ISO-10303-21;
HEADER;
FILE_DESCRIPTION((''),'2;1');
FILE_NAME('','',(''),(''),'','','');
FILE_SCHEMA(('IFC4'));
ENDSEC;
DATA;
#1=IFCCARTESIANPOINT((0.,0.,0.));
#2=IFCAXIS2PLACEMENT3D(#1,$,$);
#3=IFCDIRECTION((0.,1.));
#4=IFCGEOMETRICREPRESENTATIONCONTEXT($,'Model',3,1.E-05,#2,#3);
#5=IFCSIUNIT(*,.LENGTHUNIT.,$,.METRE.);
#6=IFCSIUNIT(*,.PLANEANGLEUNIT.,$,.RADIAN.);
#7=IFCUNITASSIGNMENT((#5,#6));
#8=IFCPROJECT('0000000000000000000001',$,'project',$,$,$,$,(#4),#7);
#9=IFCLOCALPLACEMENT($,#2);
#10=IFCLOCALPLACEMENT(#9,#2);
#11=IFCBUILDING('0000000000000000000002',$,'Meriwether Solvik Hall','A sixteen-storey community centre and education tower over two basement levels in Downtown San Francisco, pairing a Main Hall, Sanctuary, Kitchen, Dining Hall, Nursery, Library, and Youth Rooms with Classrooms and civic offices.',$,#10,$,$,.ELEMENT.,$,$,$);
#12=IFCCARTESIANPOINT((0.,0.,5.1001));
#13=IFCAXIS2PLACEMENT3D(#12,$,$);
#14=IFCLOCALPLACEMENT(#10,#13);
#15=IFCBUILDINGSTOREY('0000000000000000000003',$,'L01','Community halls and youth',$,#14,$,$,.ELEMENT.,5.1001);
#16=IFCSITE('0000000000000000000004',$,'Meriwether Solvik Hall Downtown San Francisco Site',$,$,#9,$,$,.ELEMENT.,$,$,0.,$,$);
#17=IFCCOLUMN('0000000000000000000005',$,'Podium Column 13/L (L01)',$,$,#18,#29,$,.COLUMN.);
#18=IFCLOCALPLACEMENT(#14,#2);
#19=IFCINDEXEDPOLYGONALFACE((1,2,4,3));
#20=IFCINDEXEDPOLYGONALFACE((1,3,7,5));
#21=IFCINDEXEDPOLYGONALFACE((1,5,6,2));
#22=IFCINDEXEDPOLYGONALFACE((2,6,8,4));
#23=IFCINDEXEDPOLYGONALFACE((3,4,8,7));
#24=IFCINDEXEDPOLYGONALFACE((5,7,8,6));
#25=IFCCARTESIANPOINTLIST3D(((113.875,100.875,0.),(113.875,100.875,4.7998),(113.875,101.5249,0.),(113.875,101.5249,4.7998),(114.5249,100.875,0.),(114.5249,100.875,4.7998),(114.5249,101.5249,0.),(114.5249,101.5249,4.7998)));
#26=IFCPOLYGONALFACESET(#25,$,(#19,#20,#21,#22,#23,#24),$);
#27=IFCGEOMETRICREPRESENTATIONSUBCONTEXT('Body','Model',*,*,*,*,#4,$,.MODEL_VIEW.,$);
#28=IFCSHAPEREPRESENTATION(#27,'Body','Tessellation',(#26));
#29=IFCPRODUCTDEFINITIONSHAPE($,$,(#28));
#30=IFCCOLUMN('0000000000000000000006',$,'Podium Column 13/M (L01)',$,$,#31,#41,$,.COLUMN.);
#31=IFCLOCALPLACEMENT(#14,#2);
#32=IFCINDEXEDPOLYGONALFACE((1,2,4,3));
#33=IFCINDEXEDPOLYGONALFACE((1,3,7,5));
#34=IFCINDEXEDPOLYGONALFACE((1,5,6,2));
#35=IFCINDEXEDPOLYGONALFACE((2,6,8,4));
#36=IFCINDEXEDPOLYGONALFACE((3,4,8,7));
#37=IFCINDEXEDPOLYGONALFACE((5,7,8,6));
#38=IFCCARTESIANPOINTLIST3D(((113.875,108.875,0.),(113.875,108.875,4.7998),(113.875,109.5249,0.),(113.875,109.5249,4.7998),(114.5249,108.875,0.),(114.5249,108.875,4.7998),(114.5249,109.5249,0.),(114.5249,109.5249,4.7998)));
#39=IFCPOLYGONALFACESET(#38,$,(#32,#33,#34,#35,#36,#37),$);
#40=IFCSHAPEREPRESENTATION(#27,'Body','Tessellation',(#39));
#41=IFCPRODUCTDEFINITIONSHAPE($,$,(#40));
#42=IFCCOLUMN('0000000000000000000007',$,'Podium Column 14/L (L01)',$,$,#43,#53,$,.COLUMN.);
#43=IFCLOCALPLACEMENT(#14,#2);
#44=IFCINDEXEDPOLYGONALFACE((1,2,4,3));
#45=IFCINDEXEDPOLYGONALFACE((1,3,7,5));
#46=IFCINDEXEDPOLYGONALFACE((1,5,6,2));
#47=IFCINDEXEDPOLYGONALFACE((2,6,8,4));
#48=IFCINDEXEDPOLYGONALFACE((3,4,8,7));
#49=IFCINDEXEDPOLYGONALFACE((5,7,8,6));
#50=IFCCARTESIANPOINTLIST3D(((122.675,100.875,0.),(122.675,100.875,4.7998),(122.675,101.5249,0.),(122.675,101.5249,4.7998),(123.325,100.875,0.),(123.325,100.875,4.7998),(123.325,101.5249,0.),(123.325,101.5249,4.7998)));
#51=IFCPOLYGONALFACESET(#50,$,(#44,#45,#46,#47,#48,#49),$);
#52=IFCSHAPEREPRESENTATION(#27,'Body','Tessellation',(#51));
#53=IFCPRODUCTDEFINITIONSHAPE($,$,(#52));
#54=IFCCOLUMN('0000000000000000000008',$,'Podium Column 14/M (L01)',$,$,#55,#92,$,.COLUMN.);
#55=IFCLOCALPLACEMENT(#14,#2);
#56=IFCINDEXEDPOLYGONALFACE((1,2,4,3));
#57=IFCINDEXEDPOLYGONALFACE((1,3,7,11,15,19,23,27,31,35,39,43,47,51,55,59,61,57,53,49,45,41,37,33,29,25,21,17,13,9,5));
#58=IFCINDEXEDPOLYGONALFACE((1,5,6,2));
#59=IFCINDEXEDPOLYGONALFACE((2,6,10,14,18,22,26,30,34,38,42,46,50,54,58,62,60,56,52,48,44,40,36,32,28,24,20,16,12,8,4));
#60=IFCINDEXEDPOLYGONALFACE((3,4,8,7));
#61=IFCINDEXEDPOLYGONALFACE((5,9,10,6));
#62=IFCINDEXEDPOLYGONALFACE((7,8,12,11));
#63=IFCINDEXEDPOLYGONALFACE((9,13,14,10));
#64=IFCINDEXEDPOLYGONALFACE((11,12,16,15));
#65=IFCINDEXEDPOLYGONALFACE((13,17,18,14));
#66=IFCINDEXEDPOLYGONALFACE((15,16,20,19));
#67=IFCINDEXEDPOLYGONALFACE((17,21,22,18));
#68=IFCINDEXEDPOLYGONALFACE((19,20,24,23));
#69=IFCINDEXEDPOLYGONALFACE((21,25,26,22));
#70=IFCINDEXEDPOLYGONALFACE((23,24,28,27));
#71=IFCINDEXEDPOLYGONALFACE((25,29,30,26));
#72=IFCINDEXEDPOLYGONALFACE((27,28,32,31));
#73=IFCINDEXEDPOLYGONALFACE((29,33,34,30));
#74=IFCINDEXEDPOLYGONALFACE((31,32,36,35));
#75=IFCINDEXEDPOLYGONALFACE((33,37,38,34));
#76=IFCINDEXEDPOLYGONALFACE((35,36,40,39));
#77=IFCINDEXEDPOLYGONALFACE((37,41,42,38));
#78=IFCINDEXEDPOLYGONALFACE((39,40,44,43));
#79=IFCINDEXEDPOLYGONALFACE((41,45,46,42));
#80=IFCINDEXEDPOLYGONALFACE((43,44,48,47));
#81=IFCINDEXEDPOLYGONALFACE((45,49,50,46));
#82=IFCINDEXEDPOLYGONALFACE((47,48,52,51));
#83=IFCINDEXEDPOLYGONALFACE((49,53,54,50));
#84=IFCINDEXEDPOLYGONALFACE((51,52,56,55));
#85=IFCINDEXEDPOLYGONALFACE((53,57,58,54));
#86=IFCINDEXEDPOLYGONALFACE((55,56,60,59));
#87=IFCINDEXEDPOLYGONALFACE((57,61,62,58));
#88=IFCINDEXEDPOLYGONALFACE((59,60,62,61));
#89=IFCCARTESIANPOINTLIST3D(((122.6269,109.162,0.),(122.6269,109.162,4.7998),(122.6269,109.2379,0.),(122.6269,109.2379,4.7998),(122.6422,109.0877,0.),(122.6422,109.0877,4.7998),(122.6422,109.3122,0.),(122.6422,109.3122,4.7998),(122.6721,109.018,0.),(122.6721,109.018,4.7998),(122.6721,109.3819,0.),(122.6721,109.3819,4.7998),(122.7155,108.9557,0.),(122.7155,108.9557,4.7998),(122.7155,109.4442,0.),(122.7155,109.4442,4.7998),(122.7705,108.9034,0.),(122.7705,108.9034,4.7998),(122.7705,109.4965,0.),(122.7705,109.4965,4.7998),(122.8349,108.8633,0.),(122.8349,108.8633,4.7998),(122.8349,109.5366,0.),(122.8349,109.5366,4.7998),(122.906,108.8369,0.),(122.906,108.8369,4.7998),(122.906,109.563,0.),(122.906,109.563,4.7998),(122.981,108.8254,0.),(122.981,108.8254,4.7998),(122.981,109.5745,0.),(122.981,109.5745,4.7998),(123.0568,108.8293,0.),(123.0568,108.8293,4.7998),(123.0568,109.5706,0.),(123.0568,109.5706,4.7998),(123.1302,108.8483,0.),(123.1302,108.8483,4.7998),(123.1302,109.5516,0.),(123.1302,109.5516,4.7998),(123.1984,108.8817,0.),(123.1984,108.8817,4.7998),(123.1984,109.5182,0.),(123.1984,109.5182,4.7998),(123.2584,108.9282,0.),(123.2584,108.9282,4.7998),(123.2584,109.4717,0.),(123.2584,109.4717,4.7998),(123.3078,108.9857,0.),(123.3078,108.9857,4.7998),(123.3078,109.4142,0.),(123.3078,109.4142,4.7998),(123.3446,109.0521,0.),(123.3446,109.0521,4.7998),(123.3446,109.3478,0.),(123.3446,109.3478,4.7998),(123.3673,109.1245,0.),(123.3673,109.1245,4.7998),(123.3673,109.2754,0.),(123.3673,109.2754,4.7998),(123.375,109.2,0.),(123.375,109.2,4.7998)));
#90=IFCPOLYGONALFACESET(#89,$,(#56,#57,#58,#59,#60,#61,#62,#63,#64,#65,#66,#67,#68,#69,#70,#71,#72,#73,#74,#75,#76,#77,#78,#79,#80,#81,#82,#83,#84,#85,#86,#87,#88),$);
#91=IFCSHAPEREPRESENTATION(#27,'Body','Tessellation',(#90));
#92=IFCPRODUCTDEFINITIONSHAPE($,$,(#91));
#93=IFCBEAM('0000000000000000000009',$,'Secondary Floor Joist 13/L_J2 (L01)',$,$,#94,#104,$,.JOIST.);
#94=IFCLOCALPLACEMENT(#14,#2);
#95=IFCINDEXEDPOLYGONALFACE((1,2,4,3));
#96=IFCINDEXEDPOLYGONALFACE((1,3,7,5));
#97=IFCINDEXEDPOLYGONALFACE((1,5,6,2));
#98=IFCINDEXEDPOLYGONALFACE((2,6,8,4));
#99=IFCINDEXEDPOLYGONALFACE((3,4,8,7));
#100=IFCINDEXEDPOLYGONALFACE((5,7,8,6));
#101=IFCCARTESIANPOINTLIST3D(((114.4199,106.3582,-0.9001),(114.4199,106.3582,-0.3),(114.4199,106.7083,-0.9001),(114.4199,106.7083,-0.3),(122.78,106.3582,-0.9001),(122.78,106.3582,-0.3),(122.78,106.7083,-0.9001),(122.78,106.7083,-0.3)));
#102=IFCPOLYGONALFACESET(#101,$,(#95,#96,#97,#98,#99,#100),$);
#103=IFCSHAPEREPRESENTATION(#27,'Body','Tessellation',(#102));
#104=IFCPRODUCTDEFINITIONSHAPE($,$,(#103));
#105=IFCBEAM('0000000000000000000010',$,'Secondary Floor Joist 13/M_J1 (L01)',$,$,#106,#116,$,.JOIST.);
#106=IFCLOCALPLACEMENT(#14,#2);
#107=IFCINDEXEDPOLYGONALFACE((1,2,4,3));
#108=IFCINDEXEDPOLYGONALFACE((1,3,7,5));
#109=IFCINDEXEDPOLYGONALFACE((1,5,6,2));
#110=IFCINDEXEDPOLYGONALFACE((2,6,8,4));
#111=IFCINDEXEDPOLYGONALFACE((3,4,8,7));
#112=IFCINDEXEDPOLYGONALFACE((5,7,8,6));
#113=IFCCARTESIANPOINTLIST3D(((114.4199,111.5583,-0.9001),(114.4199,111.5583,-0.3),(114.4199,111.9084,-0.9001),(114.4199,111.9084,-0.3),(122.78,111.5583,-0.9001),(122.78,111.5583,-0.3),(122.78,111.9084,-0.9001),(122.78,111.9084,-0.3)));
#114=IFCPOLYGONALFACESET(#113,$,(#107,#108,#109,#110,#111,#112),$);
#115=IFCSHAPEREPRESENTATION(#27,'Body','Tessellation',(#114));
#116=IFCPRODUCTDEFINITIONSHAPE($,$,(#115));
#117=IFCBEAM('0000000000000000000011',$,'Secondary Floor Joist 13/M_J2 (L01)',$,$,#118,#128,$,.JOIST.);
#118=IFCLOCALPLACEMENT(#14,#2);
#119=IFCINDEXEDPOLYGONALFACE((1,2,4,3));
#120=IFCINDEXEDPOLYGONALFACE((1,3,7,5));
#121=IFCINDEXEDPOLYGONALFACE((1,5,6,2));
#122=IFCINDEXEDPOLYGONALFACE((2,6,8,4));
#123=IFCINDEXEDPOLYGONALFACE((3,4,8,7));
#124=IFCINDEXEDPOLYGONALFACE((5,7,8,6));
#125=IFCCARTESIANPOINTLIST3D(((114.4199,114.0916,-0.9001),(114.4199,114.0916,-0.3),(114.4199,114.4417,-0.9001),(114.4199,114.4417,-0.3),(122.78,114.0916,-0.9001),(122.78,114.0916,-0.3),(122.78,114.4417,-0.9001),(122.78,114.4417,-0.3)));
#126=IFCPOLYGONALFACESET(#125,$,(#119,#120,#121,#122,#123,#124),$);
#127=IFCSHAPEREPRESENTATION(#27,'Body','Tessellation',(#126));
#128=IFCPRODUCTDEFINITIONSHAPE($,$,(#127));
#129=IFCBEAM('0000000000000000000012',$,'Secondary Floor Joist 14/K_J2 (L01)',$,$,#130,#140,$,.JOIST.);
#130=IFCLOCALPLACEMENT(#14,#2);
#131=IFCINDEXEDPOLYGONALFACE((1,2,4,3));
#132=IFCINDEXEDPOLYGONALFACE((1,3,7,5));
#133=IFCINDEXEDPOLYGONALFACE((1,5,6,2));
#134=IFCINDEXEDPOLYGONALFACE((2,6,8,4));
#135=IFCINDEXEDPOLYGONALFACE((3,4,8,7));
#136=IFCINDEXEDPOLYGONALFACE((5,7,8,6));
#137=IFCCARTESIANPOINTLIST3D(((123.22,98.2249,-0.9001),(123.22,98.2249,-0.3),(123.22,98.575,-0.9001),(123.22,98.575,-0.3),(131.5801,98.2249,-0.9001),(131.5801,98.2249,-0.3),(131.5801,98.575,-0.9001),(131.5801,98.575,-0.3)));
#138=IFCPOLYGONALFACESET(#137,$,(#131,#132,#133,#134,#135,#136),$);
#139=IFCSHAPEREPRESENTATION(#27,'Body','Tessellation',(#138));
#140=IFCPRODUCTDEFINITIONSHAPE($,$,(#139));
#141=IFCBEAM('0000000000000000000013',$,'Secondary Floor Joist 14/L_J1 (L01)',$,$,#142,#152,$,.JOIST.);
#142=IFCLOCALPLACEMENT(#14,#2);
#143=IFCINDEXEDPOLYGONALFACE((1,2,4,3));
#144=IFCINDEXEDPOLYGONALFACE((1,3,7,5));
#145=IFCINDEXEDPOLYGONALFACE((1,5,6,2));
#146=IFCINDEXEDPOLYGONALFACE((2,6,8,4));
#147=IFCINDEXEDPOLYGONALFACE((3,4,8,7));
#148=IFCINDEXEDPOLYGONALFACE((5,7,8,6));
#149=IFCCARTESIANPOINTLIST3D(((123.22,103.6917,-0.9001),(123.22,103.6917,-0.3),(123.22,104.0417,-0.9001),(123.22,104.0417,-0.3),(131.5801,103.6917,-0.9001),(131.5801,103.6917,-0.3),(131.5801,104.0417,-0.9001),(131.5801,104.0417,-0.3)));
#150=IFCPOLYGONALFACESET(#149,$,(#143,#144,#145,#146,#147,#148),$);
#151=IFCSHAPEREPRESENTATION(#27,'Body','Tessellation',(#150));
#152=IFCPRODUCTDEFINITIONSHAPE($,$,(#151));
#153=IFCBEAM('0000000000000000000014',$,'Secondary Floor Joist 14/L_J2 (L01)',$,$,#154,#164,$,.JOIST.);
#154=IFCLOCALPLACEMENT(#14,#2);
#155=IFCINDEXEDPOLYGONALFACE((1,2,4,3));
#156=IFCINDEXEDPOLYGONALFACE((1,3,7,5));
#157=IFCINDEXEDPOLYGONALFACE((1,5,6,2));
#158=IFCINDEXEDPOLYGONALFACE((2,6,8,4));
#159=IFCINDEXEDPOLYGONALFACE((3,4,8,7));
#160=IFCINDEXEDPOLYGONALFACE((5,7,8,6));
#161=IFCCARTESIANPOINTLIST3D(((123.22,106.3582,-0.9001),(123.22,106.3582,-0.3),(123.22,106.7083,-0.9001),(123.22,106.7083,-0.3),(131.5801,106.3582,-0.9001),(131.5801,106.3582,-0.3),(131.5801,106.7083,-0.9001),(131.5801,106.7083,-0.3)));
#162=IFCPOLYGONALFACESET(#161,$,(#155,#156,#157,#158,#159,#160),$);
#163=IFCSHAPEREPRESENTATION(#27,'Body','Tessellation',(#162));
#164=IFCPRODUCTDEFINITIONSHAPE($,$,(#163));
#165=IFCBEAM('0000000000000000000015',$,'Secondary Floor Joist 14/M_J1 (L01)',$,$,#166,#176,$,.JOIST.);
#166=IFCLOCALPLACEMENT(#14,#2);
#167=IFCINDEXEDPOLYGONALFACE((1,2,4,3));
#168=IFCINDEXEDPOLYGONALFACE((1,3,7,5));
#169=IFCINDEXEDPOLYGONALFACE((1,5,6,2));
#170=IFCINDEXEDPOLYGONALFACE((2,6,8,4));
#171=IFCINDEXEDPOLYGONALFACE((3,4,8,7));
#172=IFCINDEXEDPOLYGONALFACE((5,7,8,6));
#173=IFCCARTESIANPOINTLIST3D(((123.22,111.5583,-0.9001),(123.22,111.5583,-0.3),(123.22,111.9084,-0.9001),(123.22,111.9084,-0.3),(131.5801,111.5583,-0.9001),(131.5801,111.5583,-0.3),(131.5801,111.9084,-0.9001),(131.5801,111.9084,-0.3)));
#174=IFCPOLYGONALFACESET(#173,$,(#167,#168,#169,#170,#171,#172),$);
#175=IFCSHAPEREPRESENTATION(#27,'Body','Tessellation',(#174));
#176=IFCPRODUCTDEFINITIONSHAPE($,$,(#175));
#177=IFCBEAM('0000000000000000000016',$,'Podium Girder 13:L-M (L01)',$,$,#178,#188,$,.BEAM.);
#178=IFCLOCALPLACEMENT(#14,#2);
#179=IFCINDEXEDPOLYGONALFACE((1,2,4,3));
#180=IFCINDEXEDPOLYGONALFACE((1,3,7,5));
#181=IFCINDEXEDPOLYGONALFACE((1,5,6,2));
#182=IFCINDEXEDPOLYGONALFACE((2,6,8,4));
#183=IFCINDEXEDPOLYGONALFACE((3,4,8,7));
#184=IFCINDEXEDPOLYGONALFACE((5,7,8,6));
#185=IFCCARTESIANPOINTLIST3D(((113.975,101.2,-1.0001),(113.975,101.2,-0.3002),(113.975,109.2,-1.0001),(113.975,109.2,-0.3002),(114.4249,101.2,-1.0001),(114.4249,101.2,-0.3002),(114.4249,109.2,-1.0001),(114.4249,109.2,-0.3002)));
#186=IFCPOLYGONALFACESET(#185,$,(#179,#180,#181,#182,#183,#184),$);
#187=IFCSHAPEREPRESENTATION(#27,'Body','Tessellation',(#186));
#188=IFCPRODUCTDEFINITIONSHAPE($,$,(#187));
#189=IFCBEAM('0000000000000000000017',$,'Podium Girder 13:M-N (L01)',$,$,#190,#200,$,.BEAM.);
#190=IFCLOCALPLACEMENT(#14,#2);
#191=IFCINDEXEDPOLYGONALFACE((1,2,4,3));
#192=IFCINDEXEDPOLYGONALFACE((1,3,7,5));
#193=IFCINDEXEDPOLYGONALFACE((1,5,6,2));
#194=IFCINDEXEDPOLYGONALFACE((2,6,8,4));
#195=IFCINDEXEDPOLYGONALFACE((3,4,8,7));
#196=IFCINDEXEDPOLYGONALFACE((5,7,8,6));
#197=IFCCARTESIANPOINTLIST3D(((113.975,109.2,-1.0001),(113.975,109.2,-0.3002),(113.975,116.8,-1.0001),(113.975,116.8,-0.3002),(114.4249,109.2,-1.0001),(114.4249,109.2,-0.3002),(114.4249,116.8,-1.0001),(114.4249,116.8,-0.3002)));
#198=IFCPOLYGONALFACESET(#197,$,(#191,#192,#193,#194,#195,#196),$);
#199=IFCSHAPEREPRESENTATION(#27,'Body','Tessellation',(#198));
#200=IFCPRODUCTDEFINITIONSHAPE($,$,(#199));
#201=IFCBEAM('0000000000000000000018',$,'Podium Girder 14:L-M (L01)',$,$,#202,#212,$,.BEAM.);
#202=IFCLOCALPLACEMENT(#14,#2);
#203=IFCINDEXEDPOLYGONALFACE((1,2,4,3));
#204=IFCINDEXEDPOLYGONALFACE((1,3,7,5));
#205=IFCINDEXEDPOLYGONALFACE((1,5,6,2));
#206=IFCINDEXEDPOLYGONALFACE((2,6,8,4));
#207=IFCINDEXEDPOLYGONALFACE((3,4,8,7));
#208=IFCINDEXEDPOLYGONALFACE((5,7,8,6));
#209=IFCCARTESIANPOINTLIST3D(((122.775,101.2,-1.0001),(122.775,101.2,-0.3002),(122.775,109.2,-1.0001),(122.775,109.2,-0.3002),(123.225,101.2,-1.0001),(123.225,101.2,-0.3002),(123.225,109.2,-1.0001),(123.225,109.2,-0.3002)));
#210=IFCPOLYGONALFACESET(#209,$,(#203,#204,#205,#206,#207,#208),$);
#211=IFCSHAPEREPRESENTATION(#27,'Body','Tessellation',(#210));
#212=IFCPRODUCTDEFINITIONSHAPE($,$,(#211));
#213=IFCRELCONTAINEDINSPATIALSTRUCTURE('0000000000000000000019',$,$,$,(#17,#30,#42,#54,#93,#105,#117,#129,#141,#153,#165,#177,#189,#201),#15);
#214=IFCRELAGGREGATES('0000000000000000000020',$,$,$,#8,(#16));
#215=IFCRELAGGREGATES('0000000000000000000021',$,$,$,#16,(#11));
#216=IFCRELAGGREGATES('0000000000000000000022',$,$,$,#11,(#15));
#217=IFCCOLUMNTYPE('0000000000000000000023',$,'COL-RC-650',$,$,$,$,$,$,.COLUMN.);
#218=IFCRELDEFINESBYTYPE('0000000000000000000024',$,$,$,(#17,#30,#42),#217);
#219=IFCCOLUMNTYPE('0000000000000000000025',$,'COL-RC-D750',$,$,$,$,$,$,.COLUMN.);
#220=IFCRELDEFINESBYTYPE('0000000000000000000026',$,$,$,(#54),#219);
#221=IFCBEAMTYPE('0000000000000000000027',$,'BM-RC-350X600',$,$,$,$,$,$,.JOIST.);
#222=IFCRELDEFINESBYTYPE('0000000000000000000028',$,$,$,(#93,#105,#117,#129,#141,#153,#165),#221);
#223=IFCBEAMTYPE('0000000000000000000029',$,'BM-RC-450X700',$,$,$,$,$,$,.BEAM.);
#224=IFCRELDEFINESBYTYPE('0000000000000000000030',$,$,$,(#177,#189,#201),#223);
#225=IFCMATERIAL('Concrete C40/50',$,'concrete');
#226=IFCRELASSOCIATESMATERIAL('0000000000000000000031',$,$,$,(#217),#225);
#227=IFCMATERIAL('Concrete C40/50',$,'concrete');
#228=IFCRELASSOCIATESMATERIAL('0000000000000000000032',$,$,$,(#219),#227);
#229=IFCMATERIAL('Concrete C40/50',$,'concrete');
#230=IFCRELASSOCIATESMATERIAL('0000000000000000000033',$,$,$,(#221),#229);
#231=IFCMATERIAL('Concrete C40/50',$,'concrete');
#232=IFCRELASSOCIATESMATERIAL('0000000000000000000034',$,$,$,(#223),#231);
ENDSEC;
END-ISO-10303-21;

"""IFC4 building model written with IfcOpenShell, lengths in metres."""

from ifc_helpers import new_model, si_unit, direction, frame, origin, origin_2d, place, context, subcontext, project, spatial, rectangle, circle, extrude, material, material_profile, profile_set, type_object, element, save


model = new_model("IFC4")

# Units and contexts
model_context = context("Model", 3, precision=1e-05, world=origin(), true_north=direction((0.0, 1.0)))
body_context = subcontext(model_context, "Body", "Model", "MODEL_VIEW")
ifc_project = project(units=[si_unit("LENGTHUNIT", "METRE"), si_unit("PLANEANGLEUNIT", "RADIAN")], contexts=[model_context])

# Site, building, storey
site_placement = place(None, origin())
site = spatial("IfcSite", under=ifc_project, at=site_placement, Name="Meriwether Solvik Hall Downtown San Francisco Site", CompositionType="ELEMENT", RefElevation=0.0)
building_placement = place(site_placement, origin())
building = spatial("IfcBuilding", under=site, at=building_placement, Name="Meriwether Solvik Hall", Description="A sixteen-storey community centre and education tower over two basement levels in Downtown San Francisco, pairing a Main Hall, Sanctuary, Kitchen, Dining Hall, Nursery, Library, and Youth Rooms with Classrooms and civic offices.", CompositionType="ELEMENT")
storey_placement = place(building_placement, frame((0.0, 0.0, 5.1001)))
storey = spatial("IfcBuildingStorey", under=building, at=storey_placement, Name="L01", Description="Community halls and youth", CompositionType="ELEMENT", Elevation=5.1001)

# Columns
ifc_material_1 = material(Name="Concrete C40/50", Category="concrete")
ifc_material_profile_1 = material_profile(ifc_material_1, rectangle(XDim=0.6499, YDim=0.6499, at=origin_2d()), Name="RCC-650X650")
ifc_profile_set_1 = profile_set([ifc_material_profile_1], Name="Concrete C40/50")
column_type_1 = type_object("IfcColumnType", Name="COL-RC-650", PredefinedType="COLUMN", material=ifc_profile_set_1)
for number, where, z_axis, x_axis, name in (
    (1, (114.2, 101.2, 0.0), (0.0, 0.0, 1.0), (1.0, 0.0, 0.0), "Podium Column 13/L (L01)"),
    (2, (114.2, 109.2, 0.0), (0.0, 0.0, 1.0), (1.0, 0.0, 0.0), "Podium Column 13/M (L01)"),
    (3, (123.0, 101.2, 0.0), (0.0, 0.0, 1.0), (1.0, 0.0, 0.0), "Podium Column 14/L (L01)"),
):
    element("IfcColumn", number, at=place(storey_placement, frame(where, z_axis=z_axis, x_axis=x_axis)), inside=storey, type_object=column_type_1, Name=name, PredefinedType="COLUMN", context=body_context, shape_type="SweptSolid", body=[
        extrude(rectangle(XDim=0.6499, YDim=0.6499, at=origin_2d()), origin(), (0.0, 0.0, 1.0), 4.7998),
    ])
ifc_material_2 = material(Name="Concrete C40/50", Category="concrete")
ifc_material_profile_2 = material_profile(ifc_material_2, circle(Radius=0.375, at=origin_2d()), Name="RCC-D750")
ifc_profile_set_2 = profile_set([ifc_material_profile_2], Name="Concrete C40/50")
column_type_2 = type_object("IfcColumnType", Name="COL-RC-D750", PredefinedType="COLUMN", material=ifc_profile_set_2)
column_placement = place(storey_placement, frame((123.0, 109.2, 0.0), z_axis=(0.0, 0.0, 1.0), x_axis=(1.0, 0.0, 0.0)))
element("IfcColumn", 4, at=column_placement, inside=storey, type_object=column_type_2, Name="Podium Column 14/M (L01)", PredefinedType="COLUMN", context=body_context, shape_type="SweptSolid", body=[
    extrude(circle(Radius=0.375, at=origin_2d()), origin(), (0.0, 0.0, 1.0), 4.7998),
])

# Beams
ifc_material_3 = material(Name="Concrete C40/50", Category="concrete")
ifc_material_profile_3 = material_profile(ifc_material_3, rectangle(XDim=0.3501, YDim=0.6001, at=origin_2d()), Name="RCB-350X600")
ifc_profile_set_3 = profile_set([ifc_material_profile_3], Name="Concrete C40/50")
beam_type_1 = type_object("IfcBeamType", Name="BM-RC-350X600", PredefinedType="JOIST", material=ifc_profile_set_3)
for number, where, z_axis, x_axis, name in (
    (5, (114.4199, 106.5332, -0.6001), (1.0, 0.0, 0.0), (0.0, 1.0, 0.0), "Secondary Floor Joist 13/L_J2 (L01)"),
    (6, (114.4199, 111.7334, -0.6001), (1.0, 0.0, 0.0), (0.0, 1.0, 0.0), "Secondary Floor Joist 13/M_J1 (L01)"),
    (7, (114.4199, 114.2666, -0.6001), (1.0, 0.0, 0.0), (0.0, 1.0, 0.0), "Secondary Floor Joist 13/M_J2 (L01)"),
    (8, (123.22, 98.3999, -0.6001), (1.0, 0.0, 0.0), (0.0, 1.0, 0.0), "Secondary Floor Joist 14/K_J2 (L01)"),
    (9, (123.22, 103.8667, -0.6001), (1.0, 0.0, 0.0), (0.0, 1.0, 0.0), "Secondary Floor Joist 14/L_J1 (L01)"),
    (10, (123.22, 106.5332, -0.6001), (1.0, 0.0, 0.0), (0.0, 1.0, 0.0), "Secondary Floor Joist 14/L_J2 (L01)"),
    (11, (123.22, 111.7334, -0.6001), (1.0, 0.0, 0.0), (0.0, 1.0, 0.0), "Secondary Floor Joist 14/M_J1 (L01)"),
):
    element("IfcBeam", number, at=place(storey_placement, frame(where, z_axis=z_axis, x_axis=x_axis)), inside=storey, type_object=beam_type_1, Name=name, PredefinedType="JOIST", context=body_context, shape_type="SweptSolid", body=[
        extrude(rectangle(XDim=0.3501, YDim=0.6001, at=origin_2d()), origin(), (0.0, 0.0, 1.0), 8.3601),
    ])
ifc_material_4 = material(Name="Concrete C40/50", Category="concrete")
ifc_material_profile_4 = material_profile(ifc_material_4, rectangle(XDim=0.45, YDim=0.7, at=origin_2d()), Name="RCB-450X700")
ifc_profile_set_4 = profile_set([ifc_material_profile_4], Name="Concrete C40/50")
beam_type_2 = type_object("IfcBeamType", Name="BM-RC-450X700", PredefinedType="BEAM", material=ifc_profile_set_4)
beam_1_placement = place(storey_placement, frame((114.2, 101.2, -0.6501), z_axis=(0.0, 1.0, 0.0), x_axis=(-1.0, 0.0, 0.0)))
element("IfcBeam", 12, at=beam_1_placement, inside=storey, type_object=beam_type_2, Name="Podium Girder 13:L-M (L01)", PredefinedType="BEAM", context=body_context, shape_type="SweptSolid", body=[
    extrude(rectangle(XDim=0.45, YDim=0.7, at=origin_2d()), origin(), (0.0, 0.0, 1.0), 8.0),
])
beam_2_placement = place(storey_placement, frame((114.2, 109.2, -0.6501), z_axis=(0.0, 1.0, 0.0), x_axis=(-1.0, 0.0, 0.0)))
element("IfcBeam", 13, at=beam_2_placement, inside=storey, type_object=beam_type_2, Name="Podium Girder 13:M-N (L01)", PredefinedType="BEAM", context=body_context, shape_type="SweptSolid", body=[
    extrude(rectangle(XDim=0.45, YDim=0.7, at=origin_2d()), origin(), (0.0, 0.0, 1.0), 7.6001),
])
beam_3_placement = place(storey_placement, frame((123.0, 101.2, -0.6501), z_axis=(0.0, 1.0, 0.0), x_axis=(-1.0, 0.0, 0.0)))
element("IfcBeam", 14, at=beam_3_placement, inside=storey, type_object=beam_type_2, Name="Podium Girder 14:L-M (L01)", PredefinedType="BEAM", context=body_context, shape_type="SweptSolid", body=[
    extrude(rectangle(XDim=0.45, YDim=0.7, at=origin_2d()), origin(), (0.0, 0.0, 1.0), 8.0),
])

save(model, "model.ifc")
